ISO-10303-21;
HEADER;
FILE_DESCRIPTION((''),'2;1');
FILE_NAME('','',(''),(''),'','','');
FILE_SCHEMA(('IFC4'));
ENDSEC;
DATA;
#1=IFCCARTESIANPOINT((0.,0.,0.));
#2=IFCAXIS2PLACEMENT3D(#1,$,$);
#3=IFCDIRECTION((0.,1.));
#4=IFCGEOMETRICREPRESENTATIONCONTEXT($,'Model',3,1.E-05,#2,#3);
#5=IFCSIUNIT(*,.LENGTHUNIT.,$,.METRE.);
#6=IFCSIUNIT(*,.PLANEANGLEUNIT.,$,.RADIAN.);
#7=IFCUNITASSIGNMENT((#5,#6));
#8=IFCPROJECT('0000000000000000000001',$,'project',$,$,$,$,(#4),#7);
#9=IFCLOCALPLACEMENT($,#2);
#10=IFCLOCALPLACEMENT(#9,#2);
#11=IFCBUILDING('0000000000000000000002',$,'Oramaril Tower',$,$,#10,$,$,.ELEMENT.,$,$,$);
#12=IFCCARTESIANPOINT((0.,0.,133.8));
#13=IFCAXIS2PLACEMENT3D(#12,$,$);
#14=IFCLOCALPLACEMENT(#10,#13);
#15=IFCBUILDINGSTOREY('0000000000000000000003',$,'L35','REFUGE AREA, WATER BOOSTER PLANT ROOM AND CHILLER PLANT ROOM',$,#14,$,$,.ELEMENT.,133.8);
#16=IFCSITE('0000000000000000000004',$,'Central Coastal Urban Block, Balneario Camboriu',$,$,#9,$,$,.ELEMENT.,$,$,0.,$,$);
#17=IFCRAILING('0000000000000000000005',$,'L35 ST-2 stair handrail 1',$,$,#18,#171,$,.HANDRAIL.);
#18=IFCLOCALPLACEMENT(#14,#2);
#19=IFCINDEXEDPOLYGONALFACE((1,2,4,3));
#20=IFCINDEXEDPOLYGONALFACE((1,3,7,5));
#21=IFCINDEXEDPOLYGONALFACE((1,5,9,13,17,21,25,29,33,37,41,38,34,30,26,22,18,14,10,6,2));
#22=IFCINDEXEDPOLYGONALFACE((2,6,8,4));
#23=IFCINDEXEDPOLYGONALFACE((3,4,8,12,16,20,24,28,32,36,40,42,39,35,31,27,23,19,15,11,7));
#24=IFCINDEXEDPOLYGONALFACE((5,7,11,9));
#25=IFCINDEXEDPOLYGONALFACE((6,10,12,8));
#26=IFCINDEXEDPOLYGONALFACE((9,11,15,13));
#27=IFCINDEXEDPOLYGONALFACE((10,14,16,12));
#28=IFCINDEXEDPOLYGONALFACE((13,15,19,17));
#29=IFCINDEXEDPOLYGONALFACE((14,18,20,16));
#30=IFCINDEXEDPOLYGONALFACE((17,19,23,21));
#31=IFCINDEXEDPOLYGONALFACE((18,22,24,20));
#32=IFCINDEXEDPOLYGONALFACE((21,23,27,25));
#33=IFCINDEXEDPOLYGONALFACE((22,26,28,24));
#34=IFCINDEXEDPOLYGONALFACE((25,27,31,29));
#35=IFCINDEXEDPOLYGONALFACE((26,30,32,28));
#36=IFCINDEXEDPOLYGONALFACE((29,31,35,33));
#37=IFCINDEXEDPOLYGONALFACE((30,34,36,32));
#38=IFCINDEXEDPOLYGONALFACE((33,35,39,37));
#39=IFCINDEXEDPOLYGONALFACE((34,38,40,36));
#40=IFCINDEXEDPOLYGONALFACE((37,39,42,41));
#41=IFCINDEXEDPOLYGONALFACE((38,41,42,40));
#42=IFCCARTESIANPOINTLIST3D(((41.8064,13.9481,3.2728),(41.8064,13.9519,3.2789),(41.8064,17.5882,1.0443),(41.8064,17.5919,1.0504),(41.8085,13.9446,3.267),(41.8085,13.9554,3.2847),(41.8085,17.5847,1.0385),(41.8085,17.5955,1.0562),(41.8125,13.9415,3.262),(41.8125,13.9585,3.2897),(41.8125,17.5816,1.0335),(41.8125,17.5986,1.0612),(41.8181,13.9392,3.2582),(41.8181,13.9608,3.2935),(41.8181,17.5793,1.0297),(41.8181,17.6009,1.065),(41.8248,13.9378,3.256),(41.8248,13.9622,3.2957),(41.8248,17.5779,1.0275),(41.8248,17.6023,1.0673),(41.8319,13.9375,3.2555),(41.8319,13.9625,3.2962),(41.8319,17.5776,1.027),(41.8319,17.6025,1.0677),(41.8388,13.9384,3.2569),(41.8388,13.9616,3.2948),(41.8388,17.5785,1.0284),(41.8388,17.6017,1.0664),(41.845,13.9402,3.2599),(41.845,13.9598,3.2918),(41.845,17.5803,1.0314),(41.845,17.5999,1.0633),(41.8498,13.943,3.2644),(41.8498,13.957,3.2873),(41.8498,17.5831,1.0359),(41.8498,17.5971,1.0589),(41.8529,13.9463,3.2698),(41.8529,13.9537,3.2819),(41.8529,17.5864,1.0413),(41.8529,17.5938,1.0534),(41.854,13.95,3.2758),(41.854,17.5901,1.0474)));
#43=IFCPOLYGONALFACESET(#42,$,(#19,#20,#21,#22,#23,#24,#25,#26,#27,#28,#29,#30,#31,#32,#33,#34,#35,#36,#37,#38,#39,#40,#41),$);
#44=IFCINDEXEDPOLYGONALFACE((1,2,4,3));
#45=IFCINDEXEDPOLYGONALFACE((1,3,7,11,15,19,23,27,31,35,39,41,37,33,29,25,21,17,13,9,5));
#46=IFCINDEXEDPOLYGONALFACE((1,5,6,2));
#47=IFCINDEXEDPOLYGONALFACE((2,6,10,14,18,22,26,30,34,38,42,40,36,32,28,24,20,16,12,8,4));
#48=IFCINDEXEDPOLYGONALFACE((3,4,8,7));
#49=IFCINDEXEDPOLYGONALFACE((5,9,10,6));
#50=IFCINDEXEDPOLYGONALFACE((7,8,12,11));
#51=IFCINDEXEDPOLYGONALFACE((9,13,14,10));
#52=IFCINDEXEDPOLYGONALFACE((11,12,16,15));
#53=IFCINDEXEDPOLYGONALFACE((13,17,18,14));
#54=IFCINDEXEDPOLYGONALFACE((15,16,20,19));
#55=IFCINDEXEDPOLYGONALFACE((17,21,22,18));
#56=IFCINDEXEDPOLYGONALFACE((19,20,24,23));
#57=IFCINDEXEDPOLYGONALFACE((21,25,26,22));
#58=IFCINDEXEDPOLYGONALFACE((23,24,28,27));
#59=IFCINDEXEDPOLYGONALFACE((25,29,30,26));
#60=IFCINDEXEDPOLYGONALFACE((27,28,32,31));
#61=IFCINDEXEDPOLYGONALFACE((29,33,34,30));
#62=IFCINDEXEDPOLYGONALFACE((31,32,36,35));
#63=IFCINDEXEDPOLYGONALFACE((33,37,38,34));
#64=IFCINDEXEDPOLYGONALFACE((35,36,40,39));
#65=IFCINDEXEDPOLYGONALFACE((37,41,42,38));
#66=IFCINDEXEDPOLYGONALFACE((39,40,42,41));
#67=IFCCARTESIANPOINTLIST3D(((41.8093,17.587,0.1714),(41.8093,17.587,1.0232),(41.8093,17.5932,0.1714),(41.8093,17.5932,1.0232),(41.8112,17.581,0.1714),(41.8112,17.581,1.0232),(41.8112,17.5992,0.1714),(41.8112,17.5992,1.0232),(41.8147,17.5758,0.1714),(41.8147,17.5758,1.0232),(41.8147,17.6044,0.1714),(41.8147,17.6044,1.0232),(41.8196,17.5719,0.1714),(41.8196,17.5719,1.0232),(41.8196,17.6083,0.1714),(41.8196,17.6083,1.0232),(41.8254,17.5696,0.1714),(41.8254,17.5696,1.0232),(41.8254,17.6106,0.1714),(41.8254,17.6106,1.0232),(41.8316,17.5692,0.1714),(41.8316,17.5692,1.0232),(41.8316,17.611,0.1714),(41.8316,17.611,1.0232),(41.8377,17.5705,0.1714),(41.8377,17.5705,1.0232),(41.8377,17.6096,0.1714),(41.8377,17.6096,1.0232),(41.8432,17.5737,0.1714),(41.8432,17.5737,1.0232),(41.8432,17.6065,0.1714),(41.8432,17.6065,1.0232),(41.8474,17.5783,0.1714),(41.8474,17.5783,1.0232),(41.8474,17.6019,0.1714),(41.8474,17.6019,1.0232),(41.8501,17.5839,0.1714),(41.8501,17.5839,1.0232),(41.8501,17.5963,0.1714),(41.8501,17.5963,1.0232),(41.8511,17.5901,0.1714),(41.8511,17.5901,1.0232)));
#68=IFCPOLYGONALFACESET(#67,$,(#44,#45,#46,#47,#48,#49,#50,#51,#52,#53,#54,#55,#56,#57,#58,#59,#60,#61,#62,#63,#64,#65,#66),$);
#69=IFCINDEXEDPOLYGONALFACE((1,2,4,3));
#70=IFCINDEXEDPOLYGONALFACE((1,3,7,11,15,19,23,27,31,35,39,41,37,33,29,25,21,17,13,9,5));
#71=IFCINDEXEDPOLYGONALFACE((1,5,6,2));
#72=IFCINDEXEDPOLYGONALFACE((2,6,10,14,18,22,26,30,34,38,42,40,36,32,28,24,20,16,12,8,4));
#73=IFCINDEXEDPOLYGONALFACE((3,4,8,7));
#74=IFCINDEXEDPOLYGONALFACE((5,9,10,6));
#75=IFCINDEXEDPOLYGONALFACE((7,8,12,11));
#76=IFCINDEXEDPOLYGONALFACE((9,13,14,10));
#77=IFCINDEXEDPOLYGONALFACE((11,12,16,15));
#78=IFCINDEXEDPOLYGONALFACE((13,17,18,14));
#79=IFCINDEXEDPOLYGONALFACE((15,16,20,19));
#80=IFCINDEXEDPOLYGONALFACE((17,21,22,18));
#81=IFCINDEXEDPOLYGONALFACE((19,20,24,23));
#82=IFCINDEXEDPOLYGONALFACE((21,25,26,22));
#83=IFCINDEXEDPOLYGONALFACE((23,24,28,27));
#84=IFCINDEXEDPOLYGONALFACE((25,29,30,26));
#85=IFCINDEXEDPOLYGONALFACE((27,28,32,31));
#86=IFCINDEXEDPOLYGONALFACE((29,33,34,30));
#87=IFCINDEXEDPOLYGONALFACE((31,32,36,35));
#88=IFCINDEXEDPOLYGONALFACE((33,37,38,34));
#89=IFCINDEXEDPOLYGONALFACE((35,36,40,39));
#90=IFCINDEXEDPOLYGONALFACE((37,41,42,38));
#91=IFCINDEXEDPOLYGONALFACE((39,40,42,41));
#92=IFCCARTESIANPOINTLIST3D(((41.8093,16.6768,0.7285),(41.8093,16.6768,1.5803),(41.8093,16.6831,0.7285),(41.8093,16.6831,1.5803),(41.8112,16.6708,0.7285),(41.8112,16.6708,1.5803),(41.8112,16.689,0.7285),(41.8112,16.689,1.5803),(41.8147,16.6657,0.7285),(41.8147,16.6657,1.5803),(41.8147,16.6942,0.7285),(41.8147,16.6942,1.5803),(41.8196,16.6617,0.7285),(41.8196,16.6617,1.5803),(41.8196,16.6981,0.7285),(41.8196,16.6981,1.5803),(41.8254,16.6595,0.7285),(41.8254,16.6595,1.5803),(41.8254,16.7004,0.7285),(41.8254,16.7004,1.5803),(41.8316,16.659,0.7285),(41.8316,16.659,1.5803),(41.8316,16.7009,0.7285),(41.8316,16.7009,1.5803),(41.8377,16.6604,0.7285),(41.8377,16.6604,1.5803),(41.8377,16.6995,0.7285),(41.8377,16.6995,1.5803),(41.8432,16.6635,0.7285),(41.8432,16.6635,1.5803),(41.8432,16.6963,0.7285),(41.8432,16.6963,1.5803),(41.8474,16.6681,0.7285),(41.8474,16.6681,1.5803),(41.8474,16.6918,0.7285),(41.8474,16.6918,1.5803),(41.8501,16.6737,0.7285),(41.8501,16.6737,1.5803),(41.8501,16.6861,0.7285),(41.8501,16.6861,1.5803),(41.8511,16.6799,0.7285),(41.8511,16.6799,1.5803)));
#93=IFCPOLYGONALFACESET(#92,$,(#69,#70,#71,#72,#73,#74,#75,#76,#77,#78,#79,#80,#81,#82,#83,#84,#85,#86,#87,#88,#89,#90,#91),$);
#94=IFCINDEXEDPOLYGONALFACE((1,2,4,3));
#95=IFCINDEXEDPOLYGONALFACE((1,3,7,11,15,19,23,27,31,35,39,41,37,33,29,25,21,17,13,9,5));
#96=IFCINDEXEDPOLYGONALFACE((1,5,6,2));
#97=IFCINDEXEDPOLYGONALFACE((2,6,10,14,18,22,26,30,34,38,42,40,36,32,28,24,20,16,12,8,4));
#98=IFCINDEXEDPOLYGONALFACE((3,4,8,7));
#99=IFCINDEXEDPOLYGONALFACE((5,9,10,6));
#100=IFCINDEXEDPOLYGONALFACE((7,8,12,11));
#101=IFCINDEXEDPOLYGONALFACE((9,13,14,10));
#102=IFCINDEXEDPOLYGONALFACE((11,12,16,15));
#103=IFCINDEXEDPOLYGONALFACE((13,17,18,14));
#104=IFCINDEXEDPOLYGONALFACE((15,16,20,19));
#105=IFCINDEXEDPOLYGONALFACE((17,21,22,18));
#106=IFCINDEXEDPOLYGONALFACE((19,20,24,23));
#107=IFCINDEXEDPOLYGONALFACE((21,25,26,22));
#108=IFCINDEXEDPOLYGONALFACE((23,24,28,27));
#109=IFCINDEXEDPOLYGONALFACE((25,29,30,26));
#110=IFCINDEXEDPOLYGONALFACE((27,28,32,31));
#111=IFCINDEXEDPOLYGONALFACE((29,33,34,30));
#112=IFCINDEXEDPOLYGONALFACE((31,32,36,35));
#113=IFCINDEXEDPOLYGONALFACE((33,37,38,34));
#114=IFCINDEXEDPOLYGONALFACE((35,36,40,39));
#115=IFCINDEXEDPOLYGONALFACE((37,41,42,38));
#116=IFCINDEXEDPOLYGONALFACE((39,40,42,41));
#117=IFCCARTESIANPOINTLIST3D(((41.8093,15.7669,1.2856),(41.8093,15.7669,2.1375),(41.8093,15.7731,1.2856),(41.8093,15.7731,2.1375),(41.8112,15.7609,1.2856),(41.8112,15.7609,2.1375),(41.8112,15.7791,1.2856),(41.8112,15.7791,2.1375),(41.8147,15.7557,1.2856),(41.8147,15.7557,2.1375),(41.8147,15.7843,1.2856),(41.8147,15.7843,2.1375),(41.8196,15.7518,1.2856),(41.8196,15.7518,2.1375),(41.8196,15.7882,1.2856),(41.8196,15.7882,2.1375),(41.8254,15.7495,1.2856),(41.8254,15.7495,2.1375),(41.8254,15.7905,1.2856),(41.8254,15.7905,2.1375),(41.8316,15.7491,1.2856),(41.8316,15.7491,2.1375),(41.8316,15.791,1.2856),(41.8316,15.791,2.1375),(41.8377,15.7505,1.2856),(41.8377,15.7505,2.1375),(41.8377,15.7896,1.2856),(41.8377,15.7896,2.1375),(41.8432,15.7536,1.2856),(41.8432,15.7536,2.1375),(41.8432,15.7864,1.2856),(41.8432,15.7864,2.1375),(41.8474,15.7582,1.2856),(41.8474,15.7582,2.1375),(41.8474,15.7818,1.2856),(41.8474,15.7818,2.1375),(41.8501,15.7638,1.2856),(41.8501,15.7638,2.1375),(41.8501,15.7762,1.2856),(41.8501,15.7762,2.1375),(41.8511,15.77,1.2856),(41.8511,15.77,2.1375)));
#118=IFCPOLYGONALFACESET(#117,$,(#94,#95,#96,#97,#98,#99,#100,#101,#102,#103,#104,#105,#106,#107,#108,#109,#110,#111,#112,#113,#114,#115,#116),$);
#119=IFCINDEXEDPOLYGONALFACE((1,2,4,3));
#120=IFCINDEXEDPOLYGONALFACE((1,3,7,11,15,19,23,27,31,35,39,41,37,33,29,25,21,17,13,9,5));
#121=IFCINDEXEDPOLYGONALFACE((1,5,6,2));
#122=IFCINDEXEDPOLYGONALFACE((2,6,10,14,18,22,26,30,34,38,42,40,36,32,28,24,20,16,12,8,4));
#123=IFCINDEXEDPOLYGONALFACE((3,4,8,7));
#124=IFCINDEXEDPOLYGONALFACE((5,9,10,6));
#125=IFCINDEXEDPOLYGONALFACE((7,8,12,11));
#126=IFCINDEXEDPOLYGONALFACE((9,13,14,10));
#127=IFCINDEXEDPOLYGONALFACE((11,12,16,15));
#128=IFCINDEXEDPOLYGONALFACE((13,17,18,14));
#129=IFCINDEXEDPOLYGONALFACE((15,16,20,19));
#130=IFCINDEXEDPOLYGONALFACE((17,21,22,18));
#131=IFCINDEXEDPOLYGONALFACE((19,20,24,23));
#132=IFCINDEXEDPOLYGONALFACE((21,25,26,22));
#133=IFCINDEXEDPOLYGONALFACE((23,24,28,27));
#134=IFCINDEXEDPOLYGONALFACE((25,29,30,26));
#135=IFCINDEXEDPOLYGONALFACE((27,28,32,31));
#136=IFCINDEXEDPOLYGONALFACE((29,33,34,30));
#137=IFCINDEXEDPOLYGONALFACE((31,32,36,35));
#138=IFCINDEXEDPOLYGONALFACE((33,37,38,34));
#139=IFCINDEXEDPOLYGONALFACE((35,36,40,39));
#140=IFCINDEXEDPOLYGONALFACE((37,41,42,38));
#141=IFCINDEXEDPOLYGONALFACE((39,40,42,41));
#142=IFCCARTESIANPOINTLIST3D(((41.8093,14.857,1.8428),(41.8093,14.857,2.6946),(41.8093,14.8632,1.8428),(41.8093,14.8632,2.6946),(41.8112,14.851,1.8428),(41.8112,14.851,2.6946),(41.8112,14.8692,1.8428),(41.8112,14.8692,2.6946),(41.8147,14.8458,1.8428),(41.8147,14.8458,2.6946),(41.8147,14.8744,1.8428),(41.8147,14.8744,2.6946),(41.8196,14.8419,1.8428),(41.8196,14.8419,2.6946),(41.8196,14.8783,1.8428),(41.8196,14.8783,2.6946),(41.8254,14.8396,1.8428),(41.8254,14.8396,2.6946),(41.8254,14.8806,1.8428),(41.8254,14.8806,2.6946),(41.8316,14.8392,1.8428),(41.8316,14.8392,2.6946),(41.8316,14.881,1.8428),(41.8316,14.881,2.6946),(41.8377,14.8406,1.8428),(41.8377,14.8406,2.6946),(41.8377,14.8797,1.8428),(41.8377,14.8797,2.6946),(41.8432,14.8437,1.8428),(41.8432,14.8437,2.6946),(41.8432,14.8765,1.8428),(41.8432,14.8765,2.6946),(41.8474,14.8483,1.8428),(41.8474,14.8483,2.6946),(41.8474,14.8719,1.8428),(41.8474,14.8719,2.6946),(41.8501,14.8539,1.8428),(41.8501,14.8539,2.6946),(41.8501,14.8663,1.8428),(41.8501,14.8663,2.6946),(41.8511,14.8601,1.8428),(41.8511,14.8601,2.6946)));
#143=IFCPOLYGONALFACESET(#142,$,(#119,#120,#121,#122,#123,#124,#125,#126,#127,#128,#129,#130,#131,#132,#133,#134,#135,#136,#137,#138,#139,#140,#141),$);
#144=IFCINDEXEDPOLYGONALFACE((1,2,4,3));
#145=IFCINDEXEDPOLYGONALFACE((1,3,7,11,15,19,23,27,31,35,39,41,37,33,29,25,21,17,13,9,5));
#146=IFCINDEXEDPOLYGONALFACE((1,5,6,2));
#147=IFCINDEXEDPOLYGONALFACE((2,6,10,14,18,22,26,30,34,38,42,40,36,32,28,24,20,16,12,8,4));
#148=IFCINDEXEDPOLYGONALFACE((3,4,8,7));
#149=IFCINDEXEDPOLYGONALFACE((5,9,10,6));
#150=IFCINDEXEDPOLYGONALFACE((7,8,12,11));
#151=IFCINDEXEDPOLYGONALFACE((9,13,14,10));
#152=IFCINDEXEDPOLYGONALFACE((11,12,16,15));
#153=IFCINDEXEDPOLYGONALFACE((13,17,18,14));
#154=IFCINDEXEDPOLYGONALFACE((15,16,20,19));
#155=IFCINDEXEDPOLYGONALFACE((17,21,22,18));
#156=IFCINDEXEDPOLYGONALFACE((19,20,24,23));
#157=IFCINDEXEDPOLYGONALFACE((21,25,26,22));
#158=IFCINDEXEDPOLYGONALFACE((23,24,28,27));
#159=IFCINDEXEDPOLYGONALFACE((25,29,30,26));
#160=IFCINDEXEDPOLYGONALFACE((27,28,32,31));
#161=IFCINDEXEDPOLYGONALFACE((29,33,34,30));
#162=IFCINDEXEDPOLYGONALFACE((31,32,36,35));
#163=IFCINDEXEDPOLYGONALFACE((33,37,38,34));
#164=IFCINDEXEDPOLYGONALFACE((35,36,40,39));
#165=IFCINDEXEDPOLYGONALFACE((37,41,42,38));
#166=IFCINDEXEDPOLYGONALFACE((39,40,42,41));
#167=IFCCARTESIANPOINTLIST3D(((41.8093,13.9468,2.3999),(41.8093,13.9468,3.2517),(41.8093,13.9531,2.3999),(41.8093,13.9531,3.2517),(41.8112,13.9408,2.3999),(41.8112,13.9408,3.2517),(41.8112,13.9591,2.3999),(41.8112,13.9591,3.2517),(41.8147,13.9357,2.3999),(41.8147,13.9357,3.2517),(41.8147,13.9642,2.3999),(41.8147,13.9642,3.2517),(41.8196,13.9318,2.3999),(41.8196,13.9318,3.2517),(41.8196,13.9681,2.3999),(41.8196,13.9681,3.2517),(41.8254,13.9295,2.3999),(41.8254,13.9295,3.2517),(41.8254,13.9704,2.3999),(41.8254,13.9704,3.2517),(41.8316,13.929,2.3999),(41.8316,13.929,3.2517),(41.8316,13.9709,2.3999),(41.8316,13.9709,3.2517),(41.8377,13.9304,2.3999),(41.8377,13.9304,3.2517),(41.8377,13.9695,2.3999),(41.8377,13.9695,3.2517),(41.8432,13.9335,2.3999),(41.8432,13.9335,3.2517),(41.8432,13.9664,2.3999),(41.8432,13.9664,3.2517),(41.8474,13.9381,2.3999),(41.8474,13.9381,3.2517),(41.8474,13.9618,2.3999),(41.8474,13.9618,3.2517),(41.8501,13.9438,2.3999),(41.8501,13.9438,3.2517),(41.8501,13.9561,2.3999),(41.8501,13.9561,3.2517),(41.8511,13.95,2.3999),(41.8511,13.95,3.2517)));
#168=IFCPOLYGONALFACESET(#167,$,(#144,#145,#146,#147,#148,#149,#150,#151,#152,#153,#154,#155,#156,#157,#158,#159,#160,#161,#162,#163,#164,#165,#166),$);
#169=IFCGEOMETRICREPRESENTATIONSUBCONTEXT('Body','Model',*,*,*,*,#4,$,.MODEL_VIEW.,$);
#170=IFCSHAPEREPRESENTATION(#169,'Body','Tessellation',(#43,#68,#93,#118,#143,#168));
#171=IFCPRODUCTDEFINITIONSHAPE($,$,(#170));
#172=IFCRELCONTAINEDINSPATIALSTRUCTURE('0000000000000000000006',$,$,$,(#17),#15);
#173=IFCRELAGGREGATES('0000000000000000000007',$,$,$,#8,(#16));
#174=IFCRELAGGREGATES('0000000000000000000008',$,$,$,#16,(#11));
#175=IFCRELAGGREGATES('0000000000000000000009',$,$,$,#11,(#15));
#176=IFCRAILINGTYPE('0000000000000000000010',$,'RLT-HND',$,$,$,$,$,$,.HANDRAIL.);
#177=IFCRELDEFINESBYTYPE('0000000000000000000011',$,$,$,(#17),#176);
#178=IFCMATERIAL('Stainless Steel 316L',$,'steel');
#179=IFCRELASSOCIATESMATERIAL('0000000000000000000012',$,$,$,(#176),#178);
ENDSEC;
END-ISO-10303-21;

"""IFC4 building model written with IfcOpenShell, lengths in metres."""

from ifc_helpers import new_model, si_unit, direction, frame, origin, origin_2d, place, context, subcontext, project, spatial, circle, extrude, material, type_object, element, save


model = new_model("IFC4")

# Units and contexts
model_context = context("Model", 3, precision=1e-05, world=origin(), true_north=direction((0.0, 1.0)))
body_context = subcontext(model_context, "Body", "Model", "MODEL_VIEW")
ifc_project = project(units=[si_unit("LENGTHUNIT", "METRE"), si_unit("PLANEANGLEUNIT", "RADIAN")], contexts=[model_context])

# Site, building, storey
site_placement = place(None, origin())
site = spatial("IfcSite", under=ifc_project, at=site_placement, Name="Central Coastal Urban Block, Balneario Camboriu", CompositionType="ELEMENT", RefElevation=0.0)
building_placement = place(site_placement, origin())
building = spatial("IfcBuilding", under=site, at=building_placement, Name="Oramaril Tower", CompositionType="ELEMENT")
storey_placement = place(building_placement, frame((0.0, 0.0, 133.8)))
storey = spatial("IfcBuildingStorey", under=building, at=storey_placement, Name="L35", Description="REFUGE AREA, WATER BOOSTER PLANT ROOM AND CHILLER PLANT ROOM", CompositionType="ELEMENT", Elevation=133.8)

# Railing
ifc_material_1 = material(Name="Stainless Steel 316L", Category="steel")
railing_type_1 = type_object("IfcRailingType", Name="RLT-HND", PredefinedType="HANDRAIL", material=ifc_material_1)
railing_1_placement = place(storey_placement, frame((41.8301, 17.5901, 0.1714)))
element("IfcRailing", 1, at=railing_1_placement, inside=storey, type_object=railing_type_1, Name="L35 ST-2 stair handrail 1", PredefinedType="HANDRAIL", context=body_context, shape_type="SweptSolid", body=[
    extrude(circle(Radius=0.0239, at=origin_2d()), frame((0.0, 0.0, 0.876), z_axis=(0.0, -0.852866, 0.52213), x_axis=(1.0, 0.0, 0.0)), (0.0, 0.0, 1.0), 4.2681),
    extrude(circle(Radius=0.021, at=origin_2d()), origin(), (0.0, 0.0, 1.0), 0.8518),
    extrude(circle(Radius=0.021, at=origin_2d()), frame((0.0, -0.9102, 0.5571)), (0.0, 0.0, 1.0), 0.8518),
    extrude(circle(Radius=0.021, at=origin_2d()), frame((0.0, -1.8201, 1.1143)), (0.0, 0.0, 1.0), 0.8518),
    extrude(circle(Radius=0.021, at=origin_2d()), frame((0.0, -2.73, 1.6714)), (0.0, 0.0, 1.0), 0.8518),
    extrude(circle(Radius=0.021, at=origin_2d()), frame((0.0, -3.6401, 2.2285)), (0.0, 0.0, 1.0), 0.8518),
])

save(model, "model.ifc")
